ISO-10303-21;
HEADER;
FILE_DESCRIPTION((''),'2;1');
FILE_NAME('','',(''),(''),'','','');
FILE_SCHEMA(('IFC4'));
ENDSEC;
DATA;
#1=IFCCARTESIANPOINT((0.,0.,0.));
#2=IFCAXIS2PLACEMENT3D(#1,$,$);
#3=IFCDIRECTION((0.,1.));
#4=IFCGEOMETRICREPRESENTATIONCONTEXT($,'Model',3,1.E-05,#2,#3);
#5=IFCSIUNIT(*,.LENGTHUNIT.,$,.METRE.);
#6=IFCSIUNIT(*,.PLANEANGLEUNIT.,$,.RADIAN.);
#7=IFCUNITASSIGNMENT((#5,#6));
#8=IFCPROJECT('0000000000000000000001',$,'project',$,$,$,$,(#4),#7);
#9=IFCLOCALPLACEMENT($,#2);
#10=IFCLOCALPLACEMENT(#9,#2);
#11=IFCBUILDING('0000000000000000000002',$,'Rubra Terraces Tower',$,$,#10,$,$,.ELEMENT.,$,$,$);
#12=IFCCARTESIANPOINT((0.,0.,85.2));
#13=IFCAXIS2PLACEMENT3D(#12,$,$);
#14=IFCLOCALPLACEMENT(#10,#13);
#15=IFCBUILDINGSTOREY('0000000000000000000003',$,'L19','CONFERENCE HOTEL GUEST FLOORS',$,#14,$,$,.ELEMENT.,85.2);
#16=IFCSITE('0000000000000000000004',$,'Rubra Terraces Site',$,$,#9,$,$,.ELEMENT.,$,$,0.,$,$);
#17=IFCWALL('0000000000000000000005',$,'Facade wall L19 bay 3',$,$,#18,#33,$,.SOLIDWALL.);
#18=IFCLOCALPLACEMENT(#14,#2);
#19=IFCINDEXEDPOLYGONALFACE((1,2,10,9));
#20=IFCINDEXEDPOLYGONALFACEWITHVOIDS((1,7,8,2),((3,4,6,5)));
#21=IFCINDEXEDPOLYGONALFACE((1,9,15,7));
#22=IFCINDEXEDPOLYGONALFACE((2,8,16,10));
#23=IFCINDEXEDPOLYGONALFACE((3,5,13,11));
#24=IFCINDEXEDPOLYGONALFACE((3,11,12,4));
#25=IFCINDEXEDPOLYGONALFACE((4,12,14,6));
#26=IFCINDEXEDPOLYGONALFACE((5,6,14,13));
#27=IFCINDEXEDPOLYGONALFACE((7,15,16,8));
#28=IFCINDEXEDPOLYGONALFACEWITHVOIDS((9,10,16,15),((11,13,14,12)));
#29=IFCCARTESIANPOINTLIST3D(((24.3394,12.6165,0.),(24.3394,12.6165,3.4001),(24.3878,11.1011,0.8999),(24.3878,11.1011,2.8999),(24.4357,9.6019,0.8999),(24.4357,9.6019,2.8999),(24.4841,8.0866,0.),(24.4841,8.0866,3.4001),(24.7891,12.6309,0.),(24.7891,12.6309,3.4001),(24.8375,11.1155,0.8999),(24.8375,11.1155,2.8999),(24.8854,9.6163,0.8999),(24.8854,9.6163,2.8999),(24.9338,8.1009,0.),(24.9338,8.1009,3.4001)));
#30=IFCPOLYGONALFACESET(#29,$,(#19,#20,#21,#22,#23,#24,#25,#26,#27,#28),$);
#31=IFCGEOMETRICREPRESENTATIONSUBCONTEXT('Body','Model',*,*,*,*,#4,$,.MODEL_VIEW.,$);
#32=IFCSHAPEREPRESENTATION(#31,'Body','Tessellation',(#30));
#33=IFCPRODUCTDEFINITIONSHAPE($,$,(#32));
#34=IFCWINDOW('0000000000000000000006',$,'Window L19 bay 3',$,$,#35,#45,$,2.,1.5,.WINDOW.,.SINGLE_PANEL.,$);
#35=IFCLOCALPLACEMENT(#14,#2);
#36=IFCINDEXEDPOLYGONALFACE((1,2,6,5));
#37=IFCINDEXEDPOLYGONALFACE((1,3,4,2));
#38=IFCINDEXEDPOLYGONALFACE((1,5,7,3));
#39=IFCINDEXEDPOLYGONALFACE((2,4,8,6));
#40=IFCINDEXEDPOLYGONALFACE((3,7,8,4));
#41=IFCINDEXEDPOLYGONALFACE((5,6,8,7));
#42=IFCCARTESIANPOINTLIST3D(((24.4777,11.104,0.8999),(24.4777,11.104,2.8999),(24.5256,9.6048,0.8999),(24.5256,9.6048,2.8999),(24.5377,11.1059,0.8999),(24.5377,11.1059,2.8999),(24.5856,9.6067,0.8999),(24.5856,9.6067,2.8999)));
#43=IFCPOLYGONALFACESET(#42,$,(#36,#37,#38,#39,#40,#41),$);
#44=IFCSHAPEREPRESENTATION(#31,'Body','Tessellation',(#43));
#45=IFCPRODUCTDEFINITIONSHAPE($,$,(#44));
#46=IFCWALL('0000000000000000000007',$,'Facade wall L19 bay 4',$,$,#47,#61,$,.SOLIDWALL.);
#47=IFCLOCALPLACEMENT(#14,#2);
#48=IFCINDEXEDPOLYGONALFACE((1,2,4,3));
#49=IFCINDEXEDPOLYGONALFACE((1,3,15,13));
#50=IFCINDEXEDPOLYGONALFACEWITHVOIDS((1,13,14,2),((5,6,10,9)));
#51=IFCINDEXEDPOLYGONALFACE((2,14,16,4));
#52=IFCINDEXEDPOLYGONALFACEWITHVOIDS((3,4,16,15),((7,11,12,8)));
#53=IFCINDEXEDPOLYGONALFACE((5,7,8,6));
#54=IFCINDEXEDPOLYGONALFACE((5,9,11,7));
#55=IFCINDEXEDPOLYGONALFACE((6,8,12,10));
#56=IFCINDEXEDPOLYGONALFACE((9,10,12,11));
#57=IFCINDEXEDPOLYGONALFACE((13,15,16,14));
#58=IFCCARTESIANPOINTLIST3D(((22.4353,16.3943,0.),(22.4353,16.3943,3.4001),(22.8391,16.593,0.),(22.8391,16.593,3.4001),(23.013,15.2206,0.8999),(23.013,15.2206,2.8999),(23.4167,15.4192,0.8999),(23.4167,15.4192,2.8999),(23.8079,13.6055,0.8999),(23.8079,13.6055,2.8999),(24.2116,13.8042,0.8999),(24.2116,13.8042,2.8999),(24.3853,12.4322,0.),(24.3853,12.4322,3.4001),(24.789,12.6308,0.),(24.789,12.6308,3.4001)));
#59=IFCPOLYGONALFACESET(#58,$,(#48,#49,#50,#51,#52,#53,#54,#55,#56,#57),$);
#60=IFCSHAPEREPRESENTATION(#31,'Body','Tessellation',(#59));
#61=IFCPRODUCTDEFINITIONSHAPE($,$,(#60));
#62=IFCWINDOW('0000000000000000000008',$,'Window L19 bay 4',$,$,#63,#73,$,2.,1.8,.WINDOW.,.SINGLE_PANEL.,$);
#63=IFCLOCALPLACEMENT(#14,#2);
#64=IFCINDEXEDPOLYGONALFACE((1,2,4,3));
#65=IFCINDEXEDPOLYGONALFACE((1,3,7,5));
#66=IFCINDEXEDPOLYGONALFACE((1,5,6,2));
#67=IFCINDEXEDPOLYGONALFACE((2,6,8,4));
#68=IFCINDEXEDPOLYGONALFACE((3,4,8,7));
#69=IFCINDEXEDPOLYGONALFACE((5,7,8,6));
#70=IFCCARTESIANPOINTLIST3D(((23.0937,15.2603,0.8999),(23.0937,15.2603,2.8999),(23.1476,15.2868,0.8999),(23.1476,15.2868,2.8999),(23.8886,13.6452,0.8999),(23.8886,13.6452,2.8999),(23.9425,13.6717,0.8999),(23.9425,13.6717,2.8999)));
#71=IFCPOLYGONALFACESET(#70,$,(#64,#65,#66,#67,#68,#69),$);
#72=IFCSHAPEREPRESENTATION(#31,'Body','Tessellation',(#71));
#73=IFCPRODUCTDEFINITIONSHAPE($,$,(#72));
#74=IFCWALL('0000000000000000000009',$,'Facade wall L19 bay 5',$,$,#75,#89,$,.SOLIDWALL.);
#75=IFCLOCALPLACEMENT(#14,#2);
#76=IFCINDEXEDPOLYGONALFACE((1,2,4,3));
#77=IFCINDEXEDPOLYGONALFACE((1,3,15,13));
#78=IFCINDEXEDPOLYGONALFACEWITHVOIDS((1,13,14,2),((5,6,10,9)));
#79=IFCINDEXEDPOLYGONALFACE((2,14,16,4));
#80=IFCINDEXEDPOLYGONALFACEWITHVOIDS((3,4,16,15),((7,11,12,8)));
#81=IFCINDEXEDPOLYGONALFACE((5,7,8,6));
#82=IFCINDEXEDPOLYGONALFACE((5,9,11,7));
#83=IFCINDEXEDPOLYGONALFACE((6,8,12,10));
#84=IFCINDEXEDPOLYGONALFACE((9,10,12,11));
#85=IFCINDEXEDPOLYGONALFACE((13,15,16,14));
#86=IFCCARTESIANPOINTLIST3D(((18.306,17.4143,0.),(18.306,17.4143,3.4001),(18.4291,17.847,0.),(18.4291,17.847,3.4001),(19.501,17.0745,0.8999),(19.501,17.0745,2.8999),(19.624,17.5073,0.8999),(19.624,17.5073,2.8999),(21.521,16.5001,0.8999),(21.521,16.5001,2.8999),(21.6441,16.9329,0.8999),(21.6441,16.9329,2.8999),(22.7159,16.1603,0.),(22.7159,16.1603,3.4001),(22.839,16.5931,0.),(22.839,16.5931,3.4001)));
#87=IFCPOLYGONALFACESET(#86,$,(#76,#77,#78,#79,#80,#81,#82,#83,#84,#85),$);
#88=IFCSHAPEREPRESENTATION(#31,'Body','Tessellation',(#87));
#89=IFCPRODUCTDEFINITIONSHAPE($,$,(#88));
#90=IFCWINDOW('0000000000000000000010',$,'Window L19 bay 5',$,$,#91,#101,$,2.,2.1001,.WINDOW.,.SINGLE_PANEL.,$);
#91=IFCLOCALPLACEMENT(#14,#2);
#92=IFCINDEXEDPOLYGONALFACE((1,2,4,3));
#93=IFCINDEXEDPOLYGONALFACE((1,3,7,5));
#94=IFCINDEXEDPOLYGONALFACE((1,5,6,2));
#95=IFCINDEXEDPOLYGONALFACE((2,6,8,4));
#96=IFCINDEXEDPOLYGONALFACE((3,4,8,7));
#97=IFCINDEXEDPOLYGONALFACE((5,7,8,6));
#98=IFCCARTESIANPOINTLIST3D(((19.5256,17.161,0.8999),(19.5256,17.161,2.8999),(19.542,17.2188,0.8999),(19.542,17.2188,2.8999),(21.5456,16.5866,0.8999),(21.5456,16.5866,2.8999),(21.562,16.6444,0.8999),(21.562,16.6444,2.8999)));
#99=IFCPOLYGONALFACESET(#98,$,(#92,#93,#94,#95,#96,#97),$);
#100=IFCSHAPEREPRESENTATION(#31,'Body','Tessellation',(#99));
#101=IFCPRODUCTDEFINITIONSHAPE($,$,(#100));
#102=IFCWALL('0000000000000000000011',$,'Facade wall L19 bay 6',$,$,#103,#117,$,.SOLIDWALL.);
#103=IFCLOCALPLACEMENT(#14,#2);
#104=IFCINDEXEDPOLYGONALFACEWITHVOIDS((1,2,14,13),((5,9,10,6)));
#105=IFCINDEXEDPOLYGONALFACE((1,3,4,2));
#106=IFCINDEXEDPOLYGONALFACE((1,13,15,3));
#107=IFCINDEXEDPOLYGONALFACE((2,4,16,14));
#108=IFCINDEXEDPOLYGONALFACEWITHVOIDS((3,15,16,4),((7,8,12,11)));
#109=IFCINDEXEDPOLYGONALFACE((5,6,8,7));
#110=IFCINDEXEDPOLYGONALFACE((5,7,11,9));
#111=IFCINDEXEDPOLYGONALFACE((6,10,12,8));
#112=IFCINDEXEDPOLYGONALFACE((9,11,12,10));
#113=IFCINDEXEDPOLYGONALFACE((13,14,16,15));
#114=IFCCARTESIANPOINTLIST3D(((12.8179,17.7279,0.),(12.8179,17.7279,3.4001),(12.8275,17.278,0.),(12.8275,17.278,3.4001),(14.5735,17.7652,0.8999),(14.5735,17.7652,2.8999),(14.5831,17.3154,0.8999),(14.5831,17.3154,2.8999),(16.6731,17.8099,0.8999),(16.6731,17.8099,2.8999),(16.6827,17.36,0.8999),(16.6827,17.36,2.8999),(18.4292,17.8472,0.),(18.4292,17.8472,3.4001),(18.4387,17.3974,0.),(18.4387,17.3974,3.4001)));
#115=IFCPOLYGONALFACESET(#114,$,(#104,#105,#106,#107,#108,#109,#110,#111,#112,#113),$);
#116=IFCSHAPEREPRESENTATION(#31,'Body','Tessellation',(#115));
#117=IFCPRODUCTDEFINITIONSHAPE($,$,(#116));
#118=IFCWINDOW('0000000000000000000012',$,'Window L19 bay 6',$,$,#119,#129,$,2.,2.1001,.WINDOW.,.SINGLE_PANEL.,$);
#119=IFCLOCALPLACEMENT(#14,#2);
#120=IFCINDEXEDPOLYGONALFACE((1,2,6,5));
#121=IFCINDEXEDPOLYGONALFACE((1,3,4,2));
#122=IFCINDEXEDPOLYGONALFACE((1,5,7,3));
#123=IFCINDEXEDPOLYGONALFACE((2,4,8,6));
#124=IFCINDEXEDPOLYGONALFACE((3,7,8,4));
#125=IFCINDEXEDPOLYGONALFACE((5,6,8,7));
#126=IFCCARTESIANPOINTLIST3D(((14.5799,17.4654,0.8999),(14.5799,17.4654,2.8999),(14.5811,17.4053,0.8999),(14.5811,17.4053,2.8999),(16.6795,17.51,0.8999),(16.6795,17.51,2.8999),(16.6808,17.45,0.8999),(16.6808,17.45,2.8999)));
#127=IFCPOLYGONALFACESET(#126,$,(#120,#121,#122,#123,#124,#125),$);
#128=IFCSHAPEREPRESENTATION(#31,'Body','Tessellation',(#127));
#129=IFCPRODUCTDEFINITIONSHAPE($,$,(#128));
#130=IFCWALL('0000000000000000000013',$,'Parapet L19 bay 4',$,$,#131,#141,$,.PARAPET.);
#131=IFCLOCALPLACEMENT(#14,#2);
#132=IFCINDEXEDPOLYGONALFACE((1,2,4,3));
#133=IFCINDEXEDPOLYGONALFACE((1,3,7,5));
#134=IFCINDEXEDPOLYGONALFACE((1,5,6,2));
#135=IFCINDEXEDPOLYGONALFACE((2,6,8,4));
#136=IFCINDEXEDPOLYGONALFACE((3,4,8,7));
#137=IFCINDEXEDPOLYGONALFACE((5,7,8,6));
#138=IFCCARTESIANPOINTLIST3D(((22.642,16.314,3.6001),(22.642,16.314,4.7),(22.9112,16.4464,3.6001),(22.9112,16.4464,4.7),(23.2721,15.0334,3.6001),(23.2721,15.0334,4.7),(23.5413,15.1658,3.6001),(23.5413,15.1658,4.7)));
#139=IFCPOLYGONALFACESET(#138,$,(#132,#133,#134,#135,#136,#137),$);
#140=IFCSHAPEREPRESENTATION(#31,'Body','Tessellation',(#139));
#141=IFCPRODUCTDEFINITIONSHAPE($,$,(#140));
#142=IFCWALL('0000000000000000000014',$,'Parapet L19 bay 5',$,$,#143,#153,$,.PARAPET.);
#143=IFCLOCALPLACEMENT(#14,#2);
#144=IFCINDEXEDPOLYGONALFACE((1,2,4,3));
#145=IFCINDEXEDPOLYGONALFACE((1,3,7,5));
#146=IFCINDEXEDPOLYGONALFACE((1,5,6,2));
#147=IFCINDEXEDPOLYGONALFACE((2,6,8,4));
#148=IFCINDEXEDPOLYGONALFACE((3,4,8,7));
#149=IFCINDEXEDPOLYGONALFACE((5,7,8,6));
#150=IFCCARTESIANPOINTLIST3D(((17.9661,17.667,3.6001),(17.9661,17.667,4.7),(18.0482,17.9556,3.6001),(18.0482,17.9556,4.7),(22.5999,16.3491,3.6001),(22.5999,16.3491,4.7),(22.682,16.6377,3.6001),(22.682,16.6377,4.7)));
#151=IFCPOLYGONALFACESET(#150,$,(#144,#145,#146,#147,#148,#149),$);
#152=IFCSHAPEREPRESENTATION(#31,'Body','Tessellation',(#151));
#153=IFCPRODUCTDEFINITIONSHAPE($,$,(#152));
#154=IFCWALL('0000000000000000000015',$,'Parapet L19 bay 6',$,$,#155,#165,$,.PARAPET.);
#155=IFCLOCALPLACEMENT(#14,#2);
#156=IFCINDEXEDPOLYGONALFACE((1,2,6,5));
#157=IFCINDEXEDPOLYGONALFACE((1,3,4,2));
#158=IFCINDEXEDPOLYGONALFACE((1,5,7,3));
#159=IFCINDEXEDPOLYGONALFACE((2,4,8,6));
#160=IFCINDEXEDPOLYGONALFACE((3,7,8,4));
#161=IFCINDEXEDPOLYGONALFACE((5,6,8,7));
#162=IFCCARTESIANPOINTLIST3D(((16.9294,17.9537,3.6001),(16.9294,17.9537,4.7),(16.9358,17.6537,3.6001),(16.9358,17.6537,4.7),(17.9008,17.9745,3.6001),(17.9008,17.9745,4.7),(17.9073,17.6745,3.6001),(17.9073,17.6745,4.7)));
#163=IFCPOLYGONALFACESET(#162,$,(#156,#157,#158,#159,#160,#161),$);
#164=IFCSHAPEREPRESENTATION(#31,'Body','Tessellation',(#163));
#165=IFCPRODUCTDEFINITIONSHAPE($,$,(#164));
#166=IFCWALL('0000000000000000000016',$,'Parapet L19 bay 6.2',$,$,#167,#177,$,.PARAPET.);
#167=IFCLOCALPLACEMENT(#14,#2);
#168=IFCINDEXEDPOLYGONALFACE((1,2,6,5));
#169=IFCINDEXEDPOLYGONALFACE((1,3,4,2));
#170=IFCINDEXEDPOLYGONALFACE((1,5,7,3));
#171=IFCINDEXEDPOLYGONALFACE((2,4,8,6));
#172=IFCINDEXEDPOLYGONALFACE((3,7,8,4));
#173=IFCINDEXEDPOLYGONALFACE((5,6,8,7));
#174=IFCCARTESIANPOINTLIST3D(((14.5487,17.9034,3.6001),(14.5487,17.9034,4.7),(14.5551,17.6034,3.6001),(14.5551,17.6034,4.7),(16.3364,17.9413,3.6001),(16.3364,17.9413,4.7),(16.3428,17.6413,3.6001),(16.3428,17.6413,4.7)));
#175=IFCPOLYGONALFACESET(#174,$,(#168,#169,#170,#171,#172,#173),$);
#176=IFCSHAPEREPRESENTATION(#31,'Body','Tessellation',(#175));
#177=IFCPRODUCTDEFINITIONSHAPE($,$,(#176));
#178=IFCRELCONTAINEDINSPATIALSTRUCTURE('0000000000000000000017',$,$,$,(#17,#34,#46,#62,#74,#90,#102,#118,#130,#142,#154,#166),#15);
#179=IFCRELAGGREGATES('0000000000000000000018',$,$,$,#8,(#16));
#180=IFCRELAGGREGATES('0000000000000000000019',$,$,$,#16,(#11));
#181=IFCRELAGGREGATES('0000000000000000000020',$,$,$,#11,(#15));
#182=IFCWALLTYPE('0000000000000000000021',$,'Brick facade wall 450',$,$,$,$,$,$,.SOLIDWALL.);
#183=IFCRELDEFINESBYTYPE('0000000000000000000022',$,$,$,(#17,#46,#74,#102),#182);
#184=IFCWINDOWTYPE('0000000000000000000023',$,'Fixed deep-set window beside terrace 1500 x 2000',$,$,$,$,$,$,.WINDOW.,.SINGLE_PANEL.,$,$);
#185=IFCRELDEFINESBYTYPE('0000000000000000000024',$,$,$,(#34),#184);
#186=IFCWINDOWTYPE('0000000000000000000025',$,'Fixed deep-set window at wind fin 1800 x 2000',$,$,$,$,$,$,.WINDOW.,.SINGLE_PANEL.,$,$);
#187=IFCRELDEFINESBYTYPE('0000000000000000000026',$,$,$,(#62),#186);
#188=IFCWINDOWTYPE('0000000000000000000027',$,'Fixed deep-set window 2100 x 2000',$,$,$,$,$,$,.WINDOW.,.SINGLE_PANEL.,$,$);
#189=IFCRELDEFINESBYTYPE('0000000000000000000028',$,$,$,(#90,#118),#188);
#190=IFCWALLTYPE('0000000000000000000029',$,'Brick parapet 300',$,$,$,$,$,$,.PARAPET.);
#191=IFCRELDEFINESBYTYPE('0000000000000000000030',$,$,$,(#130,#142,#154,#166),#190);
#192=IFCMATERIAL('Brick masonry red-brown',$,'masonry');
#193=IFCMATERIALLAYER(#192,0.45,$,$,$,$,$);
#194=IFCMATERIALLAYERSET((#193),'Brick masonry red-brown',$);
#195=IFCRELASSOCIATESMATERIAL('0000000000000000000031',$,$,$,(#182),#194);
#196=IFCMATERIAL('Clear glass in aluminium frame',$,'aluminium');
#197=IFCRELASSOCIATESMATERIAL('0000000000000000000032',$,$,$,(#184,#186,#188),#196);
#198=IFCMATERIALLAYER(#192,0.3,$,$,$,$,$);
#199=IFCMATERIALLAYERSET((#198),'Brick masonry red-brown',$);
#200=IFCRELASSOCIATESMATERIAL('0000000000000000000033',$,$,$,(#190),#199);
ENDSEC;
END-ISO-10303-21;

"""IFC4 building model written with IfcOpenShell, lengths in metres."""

from ifc_helpers import new_model, si_unit, direction, frame, frame_2d, origin, place, context, subcontext, project, spatial, rectangle, extrude, material, layer, layer_set, type_object, element, fill, save


model = new_model("IFC4")

# Units and contexts
model_context = context("Model", 3, precision=1e-05, world=origin(), true_north=direction((0.0, 1.0)))
body_context = subcontext(model_context, "Body", "Model", "MODEL_VIEW")
ifc_project = project(units=[si_unit("LENGTHUNIT", "METRE"), si_unit("PLANEANGLEUNIT", "RADIAN")], contexts=[model_context])

# Site, building, storey
site_placement = place(None, origin())
site = spatial("IfcSite", under=ifc_project, at=site_placement, Name="Rubra Terraces Site", CompositionType="ELEMENT", RefElevation=0.0)
building_placement = place(site_placement, origin())
building = spatial("IfcBuilding", under=site, at=building_placement, Name="Rubra Terraces Tower", CompositionType="ELEMENT")
storey_placement = place(building_placement, frame((0.0, 0.0, 85.2)))
storey = spatial("IfcBuildingStorey", under=building, at=storey_placement, Name="L19", Description="CONFERENCE HOTEL GUEST FLOORS", CompositionType="ELEMENT", Elevation=85.2)

# Walls, openings, windows
ifc_material_1 = material(Name="Brick masonry red-brown", Category="masonry")
ifc_layer_1 = layer(ifc_material_1, 0.45)
ifc_layer_set_1 = layer_set([ifc_layer_1], Name="Brick masonry red-brown")
wall_type_1 = type_object("IfcWallType", Name="Brick facade wall 450", PredefinedType="SOLIDWALL", material=ifc_layer_set_1)
wall_1_placement = place(storey_placement, frame((24.709, 8.0938, 0.0), z_axis=(0.0, 0.0, 1.0), x_axis=(-0.031943, 0.99949, 0.0)))
wall_1 = element("IfcWall", 1, at=wall_1_placement, inside=storey, type_object=wall_type_1, Name="Facade wall L19 bay 3", PredefinedType="SOLIDWALL", context=body_context, shape_type="SweptSolid", body=[
    extrude(rectangle(XDim=4.5322, YDim=0.45, at=frame_2d((2.2661, 0.0))), origin(), (0.0, 0.0, 1.0), 3.4001),
])
opening_1_placement = place(wall_1_placement, frame((1.5161, 0.0, 0.8999)))
opening_1 = element("IfcOpeningElement", 2, at=opening_1_placement, cuts=wall_1, PredefinedType="OPENING", context=body_context, shape_type="SweptSolid", body=[
    extrude(rectangle(XDim=1.5, YDim=2.0, at=frame_2d((0.75, 1.0))), frame((0.0, 0.2349, 0.0), z_axis=(0.0, -1.0, 0.0), x_axis=(1.0, 0.0, 0.0)), (0.0, 0.0, 1.0), 0.47),
])
ifc_material_2 = material(Name="Clear glass in aluminium frame", Category="aluminium")
window_type_1 = type_object("IfcWindowType", Name="Fixed deep-set window beside terrace 1500 x 2000", PartitioningType="SINGLE_PANEL", PredefinedType="WINDOW", material=ifc_material_2)
window_1_placement = place(opening_1_placement, origin())
window_1 = element("IfcWindow", 3, at=window_1_placement, inside=storey, type_object=window_type_1, Name="Window L19 bay 3", OverallHeight=2.0, OverallWidth=1.5, PartitioningType="SINGLE_PANEL", PredefinedType="WINDOW", context=body_context, shape_type="SweptSolid", body=[
    extrude(rectangle(XDim=1.5, YDim=2.0, at=frame_2d((0.75, 1.0))), frame((0.0, 0.135, 0.0), z_axis=(0.0, -1.0, 0.0), x_axis=(1.0, 0.0, 0.0)), (0.0, 0.0, 1.0), 0.0601),
])
fill(opening_1, window_1)
wall_2_placement = place(storey_placement, frame((24.5872, 12.5315, 0.0), z_axis=(0.0, 0.0, 1.0), x_axis=(-0.441566, 0.897229, 0.0)))
wall_2 = element("IfcWall", 4, at=wall_2_placement, inside=storey, type_object=wall_type_1, Name="Facade wall L19 bay 4", PredefinedType="SOLIDWALL", context=body_context, shape_type="SweptSolid", body=[
    extrude(rectangle(XDim=4.416, YDim=0.45, at=frame_2d((2.208, 0.0))), origin(), (0.0, 0.0, 1.0), 3.4001),
])
opening_2_placement = place(wall_2_placement, frame((1.3079, 0.0, 0.8999)))
opening_2 = element("IfcOpeningElement", 5, at=opening_2_placement, cuts=wall_2, PredefinedType="OPENING", context=body_context, shape_type="SweptSolid", body=[
    extrude(rectangle(XDim=1.8, YDim=2.0, at=frame_2d((0.8999, 1.0))), frame((0.0, 0.2349, 0.0), z_axis=(0.0, -1.0, 0.0), x_axis=(1.0, 0.0, 0.0)), (0.0, 0.0, 1.0), 0.47),
])
window_type_2 = type_object("IfcWindowType", Name="Fixed deep-set window at wind fin 1800 x 2000", PartitioningType="SINGLE_PANEL", PredefinedType="WINDOW", material=ifc_material_2)
window_2_placement = place(opening_2_placement, origin())
window_2 = element("IfcWindow", 6, at=window_2_placement, inside=storey, type_object=window_type_2, Name="Window L19 bay 4", OverallHeight=2.0, OverallWidth=1.8, PartitioningType="SINGLE_PANEL", PredefinedType="WINDOW", context=body_context, shape_type="SweptSolid", body=[
    extrude(rectangle(XDim=1.8, YDim=2.0, at=frame_2d((0.8999, 1.0))), frame((0.0, 0.135, 0.0), z_axis=(0.0, -1.0, 0.0), x_axis=(1.0, 0.0, 0.0)), (0.0, 0.0, 1.0), 0.0601),
])
fill(opening_2, window_2)
wall_3_placement = place(storey_placement, frame((22.7776, 16.3767, 0.0), z_axis=(0.0, 0.0, 1.0), x_axis=(-0.961873, 0.273497, 0.0)))
wall_3 = element("IfcWall", 7, at=wall_3_placement, inside=storey, type_object=wall_type_1, Name="Facade wall L19 bay 5", PredefinedType="SOLIDWALL", context=body_context, shape_type="SweptSolid", body=[
    extrude(rectangle(XDim=4.5847, YDim=0.45, at=frame_2d((2.2925, 0.0))), origin(), (0.0, 0.0, 1.0), 3.4001),
])
opening_3_placement = place(wall_3_placement, frame((1.2424, 0.0, 0.8999)))
opening_3 = element("IfcOpeningElement", 8, at=opening_3_placement, cuts=wall_3, PredefinedType="OPENING", context=body_context, shape_type="SweptSolid", body=[
    extrude(rectangle(XDim=2.1001, YDim=2.0, at=frame_2d((1.05, 1.0))), frame((0.0, 0.2349, 0.0), z_axis=(0.0, -1.0, 0.0), x_axis=(1.0, 0.0, 0.0)), (0.0, 0.0, 1.0), 0.47),
])
window_type_3 = type_object("IfcWindowType", Name="Fixed deep-set window 2100 x 2000", PartitioningType="SINGLE_PANEL", PredefinedType="WINDOW", material=ifc_material_2)
window_3_placement = place(opening_3_placement, origin())
window_3 = element("IfcWindow", 9, at=window_3_placement, inside=storey, type_object=window_type_3, Name="Window L19 bay 5", OverallHeight=2.0, OverallWidth=2.1001, PartitioningType="SINGLE_PANEL", PredefinedType="WINDOW", context=body_context, shape_type="SweptSolid", body=[
    extrude(rectangle(XDim=2.1001, YDim=2.0, at=frame_2d((1.05, 1.0))), frame((0.0, 0.135, 0.0), z_axis=(0.0, -1.0, 0.0), x_axis=(1.0, 0.0, 0.0)), (0.0, 0.0, 1.0), 0.0601),
])
fill(opening_3, window_3)
wall_4_placement = place(storey_placement, frame((18.4338, 17.6223, 0.0), z_axis=(0.0, 0.0, 1.0), x_axis=(-0.999774, -0.021271, 0.0)))
wall_4 = element("IfcWall", 10, at=wall_4_placement, inside=storey, type_object=wall_type_1, Name="Facade wall L19 bay 6", PredefinedType="SOLIDWALL", context=body_context, shape_type="SweptSolid", body=[
    extrude(rectangle(XDim=5.6125, YDim=0.45, at=frame_2d((2.8062, 0.0))), origin(), (0.0, 0.0, 1.0), 3.4001),
])
opening_4_placement = place(wall_4_placement, frame((1.7563, 0.0, 0.8999)))
opening_4 = element("IfcOpeningElement", 11, at=opening_4_placement, cuts=wall_4, PredefinedType="OPENING", context=body_context, shape_type="SweptSolid", body=[
    extrude(rectangle(XDim=2.1001, YDim=2.0, at=frame_2d((1.05, 1.0))), frame((0.0, 0.2349, 0.0), z_axis=(0.0, -1.0, 0.0), x_axis=(1.0, 0.0, 0.0)), (0.0, 0.0, 1.0), 0.47),
])
window_4_placement = place(opening_4_placement, origin())
window_4 = element("IfcWindow", 12, at=window_4_placement, inside=storey, type_object=window_type_3, Name="Window L19 bay 6", OverallHeight=2.0, OverallWidth=2.1001, PartitioningType="SINGLE_PANEL", PredefinedType="WINDOW", context=body_context, shape_type="SweptSolid", body=[
    extrude(rectangle(XDim=2.1001, YDim=2.0, at=frame_2d((1.05, 1.0))), frame((0.0, 0.135, 0.0), z_axis=(0.0, -1.0, 0.0), x_axis=(1.0, 0.0, 0.0)), (0.0, 0.0, 1.0), 0.0601),
])
fill(opening_4, window_4)

# Walls
ifc_layer_2 = layer(ifc_material_1, 0.3)
ifc_layer_set_2 = layer_set([ifc_layer_2], Name="Brick masonry red-brown")
wall_type_2 = type_object("IfcWallType", Name="Brick parapet 300", PredefinedType="PARAPET", material=ifc_layer_set_2)
wall_5_placement = place(storey_placement, frame((23.4067, 15.0996, 3.6001), z_axis=(0.0, 0.0, 1.0), x_axis=(-0.441525, 0.897249, 0.0)))
element("IfcWall", 13, at=wall_5_placement, inside=storey, type_object=wall_type_2, Name="Parapet L19 bay 4", PredefinedType="PARAPET", context=body_context, shape_type="SweptSolid", body=[
    extrude(rectangle(XDim=1.4272, YDim=0.3, at=frame_2d((0.7136, 0.0))), origin(), (0.0, 0.0, 1.0), 1.0999),
])
wall_6_placement = place(storey_placement, frame((22.6409, 16.4934, 3.6001), z_axis=(0.0, 0.0, 1.0), x_axis=(-0.961856, 0.273556, 0.0)))
element("IfcWall", 14, at=wall_6_placement, inside=storey, type_object=wall_type_2, Name="Parapet L19 bay 5", PredefinedType="PARAPET", context=body_context, shape_type="SweptSolid", body=[
    extrude(rectangle(XDim=4.8176, YDim=0.3, at=frame_2d((2.4087, 0.0))), origin(), (0.0, 0.0, 1.0), 1.0999),
])
wall_7_placement = place(storey_placement, frame((17.9041, 17.8245, 3.6001), z_axis=(0.0, 0.0, 1.0), x_axis=(-0.999772, -0.021357, 0.0)))
element("IfcWall", 15, at=wall_7_placement, inside=storey, type_object=wall_type_2, Name="Parapet L19 bay 6", PredefinedType="PARAPET", context=body_context, shape_type="SweptSolid", body=[
    extrude(rectangle(XDim=0.9717, YDim=0.3, at=frame_2d((0.4858, 0.0))), origin(), (0.0, 0.0, 1.0), 1.0999),
])
wall_8_placement = place(storey_placement, frame((16.3396, 17.7913, 3.6001), z_axis=(0.0, 0.0, 1.0), x_axis=(-0.999776, -0.021164, 0.0)))
element("IfcWall", 16, at=wall_8_placement, inside=storey, type_object=wall_type_2, Name="Parapet L19 bay 6.2", PredefinedType="PARAPET", context=body_context, shape_type="SweptSolid", body=[
    extrude(rectangle(XDim=1.7881, YDim=0.3, at=frame_2d((0.894, 0.0))), origin(), (0.0, 0.0, 1.0), 1.0999),
])

save(model, "model.ifc")
